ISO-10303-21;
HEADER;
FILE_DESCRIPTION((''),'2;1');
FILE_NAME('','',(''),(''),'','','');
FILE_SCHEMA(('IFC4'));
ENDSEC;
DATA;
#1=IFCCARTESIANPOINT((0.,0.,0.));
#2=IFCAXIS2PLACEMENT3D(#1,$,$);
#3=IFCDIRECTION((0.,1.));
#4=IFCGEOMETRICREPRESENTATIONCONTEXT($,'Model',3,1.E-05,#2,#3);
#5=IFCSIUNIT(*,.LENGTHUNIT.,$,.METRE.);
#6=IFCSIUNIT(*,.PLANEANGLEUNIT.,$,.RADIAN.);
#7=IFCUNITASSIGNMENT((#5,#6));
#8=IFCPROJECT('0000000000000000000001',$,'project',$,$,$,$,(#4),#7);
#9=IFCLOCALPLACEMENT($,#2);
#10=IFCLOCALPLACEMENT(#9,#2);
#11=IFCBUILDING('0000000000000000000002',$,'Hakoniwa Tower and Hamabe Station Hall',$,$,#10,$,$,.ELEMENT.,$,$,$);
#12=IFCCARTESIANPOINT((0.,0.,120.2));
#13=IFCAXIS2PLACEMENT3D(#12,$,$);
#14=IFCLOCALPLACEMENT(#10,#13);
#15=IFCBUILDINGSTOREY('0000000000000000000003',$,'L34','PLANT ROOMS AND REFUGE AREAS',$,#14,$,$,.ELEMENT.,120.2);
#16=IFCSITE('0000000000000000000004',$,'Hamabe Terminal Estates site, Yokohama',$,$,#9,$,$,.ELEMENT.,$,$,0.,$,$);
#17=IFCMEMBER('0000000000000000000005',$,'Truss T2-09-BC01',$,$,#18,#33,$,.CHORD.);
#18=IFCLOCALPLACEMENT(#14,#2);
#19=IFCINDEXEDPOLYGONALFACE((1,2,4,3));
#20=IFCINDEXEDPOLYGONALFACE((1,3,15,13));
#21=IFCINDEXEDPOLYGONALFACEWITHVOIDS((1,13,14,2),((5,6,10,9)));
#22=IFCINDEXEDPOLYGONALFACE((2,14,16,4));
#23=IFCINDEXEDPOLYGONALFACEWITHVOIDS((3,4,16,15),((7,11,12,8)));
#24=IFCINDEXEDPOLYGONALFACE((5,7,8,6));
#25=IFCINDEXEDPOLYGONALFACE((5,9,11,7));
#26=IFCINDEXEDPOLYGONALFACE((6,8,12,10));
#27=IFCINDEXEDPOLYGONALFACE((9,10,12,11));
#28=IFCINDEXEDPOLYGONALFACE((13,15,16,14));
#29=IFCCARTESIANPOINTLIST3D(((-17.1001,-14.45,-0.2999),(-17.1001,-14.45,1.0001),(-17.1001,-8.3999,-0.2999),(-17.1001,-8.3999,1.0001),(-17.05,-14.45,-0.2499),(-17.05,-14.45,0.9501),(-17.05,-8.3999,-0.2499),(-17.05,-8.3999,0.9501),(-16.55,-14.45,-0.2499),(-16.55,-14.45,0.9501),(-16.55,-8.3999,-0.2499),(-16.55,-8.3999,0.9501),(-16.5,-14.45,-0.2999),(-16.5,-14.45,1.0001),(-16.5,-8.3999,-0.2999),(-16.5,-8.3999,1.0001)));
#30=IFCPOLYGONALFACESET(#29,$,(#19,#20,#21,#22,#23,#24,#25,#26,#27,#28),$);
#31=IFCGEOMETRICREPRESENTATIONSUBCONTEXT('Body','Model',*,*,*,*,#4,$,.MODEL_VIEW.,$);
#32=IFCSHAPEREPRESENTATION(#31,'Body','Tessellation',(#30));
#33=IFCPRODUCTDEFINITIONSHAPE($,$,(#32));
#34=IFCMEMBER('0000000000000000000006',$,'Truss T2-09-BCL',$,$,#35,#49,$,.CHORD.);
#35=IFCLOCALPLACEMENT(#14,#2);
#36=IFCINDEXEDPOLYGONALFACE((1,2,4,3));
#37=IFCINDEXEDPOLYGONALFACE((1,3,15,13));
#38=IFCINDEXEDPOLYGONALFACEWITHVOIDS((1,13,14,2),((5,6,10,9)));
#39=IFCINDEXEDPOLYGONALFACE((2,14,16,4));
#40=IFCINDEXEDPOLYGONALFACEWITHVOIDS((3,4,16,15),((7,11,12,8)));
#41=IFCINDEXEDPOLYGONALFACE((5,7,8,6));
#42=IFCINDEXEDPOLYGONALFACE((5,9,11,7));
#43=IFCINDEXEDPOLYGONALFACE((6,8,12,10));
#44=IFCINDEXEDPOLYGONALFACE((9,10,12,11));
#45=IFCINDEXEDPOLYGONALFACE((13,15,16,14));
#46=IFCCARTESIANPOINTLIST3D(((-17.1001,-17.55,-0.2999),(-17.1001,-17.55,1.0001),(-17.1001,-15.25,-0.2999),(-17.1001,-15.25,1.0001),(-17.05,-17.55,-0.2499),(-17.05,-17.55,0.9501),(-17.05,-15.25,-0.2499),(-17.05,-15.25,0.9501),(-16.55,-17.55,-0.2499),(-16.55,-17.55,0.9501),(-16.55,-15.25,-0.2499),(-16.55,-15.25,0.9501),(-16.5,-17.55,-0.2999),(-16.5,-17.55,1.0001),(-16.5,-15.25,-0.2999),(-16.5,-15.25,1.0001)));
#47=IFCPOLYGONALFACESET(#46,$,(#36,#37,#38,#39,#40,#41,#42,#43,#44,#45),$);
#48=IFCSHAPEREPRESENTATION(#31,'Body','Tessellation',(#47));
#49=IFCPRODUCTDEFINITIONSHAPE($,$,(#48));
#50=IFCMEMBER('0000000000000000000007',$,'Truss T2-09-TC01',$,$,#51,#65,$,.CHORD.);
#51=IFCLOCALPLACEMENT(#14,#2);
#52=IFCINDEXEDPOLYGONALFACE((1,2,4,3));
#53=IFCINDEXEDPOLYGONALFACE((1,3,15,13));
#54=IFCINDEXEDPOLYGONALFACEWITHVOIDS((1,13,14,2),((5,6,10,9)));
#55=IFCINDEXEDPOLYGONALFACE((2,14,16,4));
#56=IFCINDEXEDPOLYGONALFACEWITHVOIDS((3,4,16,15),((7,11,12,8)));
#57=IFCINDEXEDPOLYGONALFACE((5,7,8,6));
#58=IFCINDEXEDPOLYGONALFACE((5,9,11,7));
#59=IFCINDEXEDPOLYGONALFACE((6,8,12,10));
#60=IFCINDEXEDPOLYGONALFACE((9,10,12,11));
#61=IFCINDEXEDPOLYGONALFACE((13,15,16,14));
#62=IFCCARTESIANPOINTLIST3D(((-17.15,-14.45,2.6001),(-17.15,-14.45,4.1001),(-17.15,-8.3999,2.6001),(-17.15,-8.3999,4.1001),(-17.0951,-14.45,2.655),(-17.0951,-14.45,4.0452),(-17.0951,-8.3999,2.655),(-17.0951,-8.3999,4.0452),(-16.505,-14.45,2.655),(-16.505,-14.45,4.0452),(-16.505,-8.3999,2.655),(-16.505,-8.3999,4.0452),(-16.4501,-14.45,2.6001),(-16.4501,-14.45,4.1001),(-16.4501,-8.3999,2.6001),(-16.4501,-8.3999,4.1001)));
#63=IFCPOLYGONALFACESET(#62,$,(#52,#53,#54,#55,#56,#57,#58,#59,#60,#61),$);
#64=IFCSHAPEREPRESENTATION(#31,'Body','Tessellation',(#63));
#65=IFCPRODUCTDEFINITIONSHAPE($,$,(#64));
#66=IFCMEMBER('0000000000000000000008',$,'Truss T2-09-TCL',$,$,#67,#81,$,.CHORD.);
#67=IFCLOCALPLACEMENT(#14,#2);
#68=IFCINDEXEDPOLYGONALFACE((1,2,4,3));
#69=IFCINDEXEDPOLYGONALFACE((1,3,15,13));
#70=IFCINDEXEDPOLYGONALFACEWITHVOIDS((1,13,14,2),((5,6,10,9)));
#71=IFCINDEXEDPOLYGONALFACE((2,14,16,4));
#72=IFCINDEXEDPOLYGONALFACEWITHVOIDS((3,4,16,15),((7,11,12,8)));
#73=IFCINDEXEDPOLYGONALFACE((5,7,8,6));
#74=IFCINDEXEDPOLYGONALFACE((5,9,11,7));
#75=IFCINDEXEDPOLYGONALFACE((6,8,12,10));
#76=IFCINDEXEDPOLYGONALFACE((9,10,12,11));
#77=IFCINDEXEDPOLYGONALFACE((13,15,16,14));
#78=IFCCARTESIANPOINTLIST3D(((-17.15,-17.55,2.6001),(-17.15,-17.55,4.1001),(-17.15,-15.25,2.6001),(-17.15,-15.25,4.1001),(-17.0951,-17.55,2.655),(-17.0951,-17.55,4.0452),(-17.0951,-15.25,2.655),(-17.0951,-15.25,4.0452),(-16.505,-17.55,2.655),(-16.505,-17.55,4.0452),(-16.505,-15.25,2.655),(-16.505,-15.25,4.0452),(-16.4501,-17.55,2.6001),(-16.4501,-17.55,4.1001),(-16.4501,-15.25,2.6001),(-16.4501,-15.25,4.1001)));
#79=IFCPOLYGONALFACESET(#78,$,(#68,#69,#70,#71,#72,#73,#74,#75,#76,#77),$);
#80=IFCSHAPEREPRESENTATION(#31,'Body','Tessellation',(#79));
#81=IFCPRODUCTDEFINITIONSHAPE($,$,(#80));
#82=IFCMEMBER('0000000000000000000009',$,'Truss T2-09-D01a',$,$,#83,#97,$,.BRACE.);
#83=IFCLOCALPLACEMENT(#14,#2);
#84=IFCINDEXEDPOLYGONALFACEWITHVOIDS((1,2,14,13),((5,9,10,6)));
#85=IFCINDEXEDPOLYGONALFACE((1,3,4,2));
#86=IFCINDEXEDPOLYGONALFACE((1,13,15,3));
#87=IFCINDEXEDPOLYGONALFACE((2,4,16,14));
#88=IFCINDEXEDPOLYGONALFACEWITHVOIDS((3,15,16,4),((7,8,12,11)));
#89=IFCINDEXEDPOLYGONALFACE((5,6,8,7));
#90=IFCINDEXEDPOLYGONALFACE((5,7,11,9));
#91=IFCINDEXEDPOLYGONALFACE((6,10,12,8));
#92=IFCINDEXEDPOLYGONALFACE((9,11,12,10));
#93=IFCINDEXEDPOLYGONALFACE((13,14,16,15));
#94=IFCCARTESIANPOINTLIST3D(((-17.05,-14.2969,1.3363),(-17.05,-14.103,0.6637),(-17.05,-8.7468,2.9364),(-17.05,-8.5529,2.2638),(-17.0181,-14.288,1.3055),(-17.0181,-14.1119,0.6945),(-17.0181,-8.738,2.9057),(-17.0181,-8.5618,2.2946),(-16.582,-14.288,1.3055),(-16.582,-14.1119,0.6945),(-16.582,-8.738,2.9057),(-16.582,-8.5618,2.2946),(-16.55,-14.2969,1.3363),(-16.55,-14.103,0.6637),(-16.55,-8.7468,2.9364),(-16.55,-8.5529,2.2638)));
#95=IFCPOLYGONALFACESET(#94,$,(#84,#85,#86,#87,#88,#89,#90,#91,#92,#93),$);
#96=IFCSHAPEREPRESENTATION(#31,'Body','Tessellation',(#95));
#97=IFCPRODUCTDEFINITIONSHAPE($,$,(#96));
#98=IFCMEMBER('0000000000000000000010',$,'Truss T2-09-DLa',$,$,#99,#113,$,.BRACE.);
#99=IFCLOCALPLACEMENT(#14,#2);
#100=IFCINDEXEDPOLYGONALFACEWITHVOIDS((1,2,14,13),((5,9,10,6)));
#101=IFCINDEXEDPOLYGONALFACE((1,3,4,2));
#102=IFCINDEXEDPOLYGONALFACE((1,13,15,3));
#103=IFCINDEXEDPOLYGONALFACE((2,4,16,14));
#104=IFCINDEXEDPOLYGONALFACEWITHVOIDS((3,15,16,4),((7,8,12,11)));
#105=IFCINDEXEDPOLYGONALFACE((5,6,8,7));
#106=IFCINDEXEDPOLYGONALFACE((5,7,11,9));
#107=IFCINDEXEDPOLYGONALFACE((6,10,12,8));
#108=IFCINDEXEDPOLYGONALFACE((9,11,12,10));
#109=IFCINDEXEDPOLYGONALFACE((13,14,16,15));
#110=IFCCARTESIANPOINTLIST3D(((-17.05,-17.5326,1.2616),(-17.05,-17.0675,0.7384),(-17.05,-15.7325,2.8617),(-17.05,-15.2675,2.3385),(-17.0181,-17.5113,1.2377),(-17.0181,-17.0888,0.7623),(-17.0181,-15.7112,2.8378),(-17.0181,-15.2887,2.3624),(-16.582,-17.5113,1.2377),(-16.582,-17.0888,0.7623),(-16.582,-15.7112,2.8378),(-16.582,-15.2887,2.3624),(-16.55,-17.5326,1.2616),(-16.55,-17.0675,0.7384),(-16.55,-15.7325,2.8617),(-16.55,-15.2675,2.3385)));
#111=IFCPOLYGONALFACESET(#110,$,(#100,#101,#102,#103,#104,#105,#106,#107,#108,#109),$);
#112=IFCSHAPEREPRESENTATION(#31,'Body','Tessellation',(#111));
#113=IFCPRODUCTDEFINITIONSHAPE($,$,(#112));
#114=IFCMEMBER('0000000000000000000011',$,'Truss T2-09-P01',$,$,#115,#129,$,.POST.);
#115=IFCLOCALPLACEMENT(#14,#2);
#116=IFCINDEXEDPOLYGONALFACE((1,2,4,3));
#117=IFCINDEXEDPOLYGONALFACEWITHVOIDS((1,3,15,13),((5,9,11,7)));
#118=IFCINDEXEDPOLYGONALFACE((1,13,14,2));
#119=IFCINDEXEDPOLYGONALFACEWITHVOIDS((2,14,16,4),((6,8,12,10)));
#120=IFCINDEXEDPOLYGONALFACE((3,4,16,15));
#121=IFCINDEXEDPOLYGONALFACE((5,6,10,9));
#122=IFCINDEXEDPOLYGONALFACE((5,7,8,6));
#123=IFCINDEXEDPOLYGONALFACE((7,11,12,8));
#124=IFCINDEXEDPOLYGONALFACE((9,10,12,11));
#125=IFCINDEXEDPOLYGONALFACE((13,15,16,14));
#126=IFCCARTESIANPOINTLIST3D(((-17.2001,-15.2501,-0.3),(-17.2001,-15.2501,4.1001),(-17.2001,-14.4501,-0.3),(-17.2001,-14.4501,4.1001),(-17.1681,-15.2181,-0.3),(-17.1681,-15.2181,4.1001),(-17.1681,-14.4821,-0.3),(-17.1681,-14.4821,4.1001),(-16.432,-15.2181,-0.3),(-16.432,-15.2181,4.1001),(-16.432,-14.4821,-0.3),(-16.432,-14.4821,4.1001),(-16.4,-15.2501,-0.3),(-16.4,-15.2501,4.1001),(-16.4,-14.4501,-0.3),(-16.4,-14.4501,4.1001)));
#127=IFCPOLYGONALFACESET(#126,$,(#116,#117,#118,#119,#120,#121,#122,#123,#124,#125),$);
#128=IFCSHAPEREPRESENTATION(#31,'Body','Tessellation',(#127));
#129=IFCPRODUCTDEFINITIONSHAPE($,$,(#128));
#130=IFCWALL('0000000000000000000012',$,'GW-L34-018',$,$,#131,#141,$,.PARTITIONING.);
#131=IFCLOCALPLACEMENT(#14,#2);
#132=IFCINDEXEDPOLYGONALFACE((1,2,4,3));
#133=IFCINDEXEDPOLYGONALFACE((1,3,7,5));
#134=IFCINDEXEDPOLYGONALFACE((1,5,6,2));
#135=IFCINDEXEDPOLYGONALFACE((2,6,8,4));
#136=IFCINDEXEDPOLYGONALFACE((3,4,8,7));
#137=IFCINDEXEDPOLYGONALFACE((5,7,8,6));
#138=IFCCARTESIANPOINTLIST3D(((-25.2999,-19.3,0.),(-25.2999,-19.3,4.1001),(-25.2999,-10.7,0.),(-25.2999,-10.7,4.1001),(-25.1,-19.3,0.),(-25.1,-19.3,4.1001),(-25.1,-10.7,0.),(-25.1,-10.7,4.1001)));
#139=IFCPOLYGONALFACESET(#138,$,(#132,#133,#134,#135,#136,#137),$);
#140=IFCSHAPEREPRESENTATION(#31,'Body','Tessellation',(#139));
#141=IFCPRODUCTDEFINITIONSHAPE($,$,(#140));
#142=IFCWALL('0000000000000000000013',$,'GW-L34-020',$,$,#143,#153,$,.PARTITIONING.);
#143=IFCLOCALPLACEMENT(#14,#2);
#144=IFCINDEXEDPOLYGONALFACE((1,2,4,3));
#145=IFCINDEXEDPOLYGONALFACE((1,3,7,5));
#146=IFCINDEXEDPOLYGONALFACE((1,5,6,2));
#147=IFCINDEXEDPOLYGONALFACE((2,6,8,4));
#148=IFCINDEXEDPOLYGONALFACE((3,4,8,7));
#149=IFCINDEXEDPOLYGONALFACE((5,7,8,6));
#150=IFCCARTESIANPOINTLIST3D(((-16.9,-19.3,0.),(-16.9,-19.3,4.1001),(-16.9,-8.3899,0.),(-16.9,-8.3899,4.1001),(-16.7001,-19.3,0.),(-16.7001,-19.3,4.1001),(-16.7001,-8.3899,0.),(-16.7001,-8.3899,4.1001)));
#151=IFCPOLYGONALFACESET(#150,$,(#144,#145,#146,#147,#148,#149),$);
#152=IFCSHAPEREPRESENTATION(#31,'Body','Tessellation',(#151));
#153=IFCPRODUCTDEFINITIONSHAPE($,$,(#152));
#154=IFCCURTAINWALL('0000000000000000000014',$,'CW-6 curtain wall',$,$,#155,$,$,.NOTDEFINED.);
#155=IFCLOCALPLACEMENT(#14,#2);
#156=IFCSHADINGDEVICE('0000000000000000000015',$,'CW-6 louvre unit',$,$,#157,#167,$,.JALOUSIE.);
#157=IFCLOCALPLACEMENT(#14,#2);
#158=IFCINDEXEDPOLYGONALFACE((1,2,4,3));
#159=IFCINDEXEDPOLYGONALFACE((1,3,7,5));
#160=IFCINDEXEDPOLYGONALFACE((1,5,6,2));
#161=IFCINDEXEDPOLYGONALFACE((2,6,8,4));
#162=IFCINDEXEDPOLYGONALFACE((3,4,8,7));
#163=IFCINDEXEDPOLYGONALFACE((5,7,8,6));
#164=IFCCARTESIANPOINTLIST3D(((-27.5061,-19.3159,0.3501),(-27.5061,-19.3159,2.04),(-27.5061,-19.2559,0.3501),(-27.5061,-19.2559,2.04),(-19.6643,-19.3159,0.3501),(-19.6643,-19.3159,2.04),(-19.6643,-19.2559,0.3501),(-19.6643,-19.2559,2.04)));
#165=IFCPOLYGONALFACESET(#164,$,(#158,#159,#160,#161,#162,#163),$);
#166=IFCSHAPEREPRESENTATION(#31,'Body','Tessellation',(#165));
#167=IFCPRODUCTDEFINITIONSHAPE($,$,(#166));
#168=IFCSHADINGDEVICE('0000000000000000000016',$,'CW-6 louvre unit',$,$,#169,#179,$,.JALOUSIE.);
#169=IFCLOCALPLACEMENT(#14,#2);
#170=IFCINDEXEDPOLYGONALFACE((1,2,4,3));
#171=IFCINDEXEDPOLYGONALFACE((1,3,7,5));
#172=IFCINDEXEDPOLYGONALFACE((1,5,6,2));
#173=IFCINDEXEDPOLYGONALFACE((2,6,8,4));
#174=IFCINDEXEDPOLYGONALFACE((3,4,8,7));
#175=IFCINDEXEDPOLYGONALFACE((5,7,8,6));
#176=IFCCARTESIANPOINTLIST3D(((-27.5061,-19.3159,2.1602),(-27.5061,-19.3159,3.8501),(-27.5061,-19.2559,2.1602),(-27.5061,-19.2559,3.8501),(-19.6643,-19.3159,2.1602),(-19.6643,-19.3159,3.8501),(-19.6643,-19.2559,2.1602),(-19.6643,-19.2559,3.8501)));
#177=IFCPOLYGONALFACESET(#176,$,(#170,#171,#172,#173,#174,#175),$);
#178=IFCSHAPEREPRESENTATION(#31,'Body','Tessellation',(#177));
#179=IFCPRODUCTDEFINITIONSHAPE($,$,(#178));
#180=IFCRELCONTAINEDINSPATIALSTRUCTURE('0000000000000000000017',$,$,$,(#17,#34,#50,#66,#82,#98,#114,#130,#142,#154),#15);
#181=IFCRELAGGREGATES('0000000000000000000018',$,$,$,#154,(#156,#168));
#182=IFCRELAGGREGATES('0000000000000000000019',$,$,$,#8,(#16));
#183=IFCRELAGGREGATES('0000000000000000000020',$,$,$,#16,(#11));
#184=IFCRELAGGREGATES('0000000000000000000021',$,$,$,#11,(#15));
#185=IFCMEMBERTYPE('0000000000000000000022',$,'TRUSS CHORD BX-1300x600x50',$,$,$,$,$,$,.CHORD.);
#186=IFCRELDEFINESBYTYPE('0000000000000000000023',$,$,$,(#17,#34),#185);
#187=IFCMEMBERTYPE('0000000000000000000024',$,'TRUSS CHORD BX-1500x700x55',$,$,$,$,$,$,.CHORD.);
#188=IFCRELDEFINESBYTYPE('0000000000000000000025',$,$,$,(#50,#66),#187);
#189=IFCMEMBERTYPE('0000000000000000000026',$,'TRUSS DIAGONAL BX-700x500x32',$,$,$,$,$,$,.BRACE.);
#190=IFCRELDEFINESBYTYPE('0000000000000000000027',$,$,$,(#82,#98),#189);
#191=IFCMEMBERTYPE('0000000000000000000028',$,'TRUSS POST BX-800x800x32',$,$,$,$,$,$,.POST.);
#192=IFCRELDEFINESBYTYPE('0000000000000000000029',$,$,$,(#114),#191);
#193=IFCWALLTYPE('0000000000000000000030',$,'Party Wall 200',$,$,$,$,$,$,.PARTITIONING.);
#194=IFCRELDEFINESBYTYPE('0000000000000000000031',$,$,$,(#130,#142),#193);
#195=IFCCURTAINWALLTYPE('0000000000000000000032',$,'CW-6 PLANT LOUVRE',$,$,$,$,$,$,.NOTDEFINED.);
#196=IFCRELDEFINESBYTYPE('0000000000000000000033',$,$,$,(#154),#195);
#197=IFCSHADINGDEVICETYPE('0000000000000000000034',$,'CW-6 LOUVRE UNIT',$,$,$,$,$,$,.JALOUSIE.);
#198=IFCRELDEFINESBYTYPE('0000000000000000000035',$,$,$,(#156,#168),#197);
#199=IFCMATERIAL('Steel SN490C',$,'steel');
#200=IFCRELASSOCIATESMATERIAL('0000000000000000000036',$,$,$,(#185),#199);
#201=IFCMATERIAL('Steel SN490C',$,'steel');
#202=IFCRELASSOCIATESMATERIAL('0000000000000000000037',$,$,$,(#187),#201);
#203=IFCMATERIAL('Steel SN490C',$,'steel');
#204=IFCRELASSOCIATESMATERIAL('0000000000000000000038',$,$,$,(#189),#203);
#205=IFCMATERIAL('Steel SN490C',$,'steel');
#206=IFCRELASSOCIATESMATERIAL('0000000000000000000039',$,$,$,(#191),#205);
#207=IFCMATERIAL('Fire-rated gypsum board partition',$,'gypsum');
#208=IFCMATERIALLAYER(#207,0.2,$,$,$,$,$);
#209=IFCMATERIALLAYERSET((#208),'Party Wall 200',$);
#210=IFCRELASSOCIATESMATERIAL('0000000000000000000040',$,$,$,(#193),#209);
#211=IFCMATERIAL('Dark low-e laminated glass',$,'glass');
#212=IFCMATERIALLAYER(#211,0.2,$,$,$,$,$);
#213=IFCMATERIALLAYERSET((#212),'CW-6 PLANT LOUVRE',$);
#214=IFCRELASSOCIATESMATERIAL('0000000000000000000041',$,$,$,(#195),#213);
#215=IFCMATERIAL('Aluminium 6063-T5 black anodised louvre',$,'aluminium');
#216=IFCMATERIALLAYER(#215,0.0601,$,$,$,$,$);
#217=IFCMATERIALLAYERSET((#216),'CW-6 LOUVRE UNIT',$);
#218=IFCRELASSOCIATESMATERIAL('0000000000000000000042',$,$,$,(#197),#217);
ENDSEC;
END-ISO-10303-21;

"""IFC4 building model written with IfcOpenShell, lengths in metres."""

from ifc_helpers import new_model, si_unit, direction, frame, frame_2d, origin, origin_2d, place, context, subcontext, project, spatial, rectangle, hollow_rectangle, extrude, material, layer, layer_set, material_profile, profile_set, type_object, element, aggregate, save


model = new_model("IFC4")

# Units and contexts
model_context = context("Model", 3, precision=1e-05, world=origin(), true_north=direction((0.0, 1.0)))
body_context = subcontext(model_context, "Body", "Model", "MODEL_VIEW")
ifc_project = project(units=[si_unit("LENGTHUNIT", "METRE"), si_unit("PLANEANGLEUNIT", "RADIAN")], contexts=[model_context])

# Site, building, storey
site_placement = place(None, origin())
site = spatial("IfcSite", under=ifc_project, at=site_placement, Name="Hamabe Terminal Estates site, Yokohama", CompositionType="ELEMENT", RefElevation=0.0)
building_placement = place(site_placement, origin())
building = spatial("IfcBuilding", under=site, at=building_placement, Name="Hakoniwa Tower and Hamabe Station Hall", CompositionType="ELEMENT")
storey_placement = place(building_placement, frame((0.0, 0.0, 120.2)))
storey = spatial("IfcBuildingStorey", under=building, at=storey_placement, Name="L34", Description="PLANT ROOMS AND REFUGE AREAS", CompositionType="ELEMENT", Elevation=120.2)

# Members
ifc_material_1 = material(Name="Steel SN490C", Category="steel")
ifc_material_profile_1 = material_profile(ifc_material_1, hollow_rectangle(XDim=0.6001, YDim=1.3, WallThickness=0.05, at=origin_2d()), Name="BX-1300x600x50")
ifc_profile_set_1 = profile_set([ifc_material_profile_1], Name="Steel SN490C")
member_type_1 = type_object("IfcMemberType", Name="TRUSS CHORD BX-1300x600x50", PredefinedType="CHORD", material=ifc_profile_set_1)
member_1_placement = place(storey_placement, frame((-16.8, -14.45, 0.3501), z_axis=(0.0, 1.0, 0.0), x_axis=(-1.0, 0.0, 0.0)))
element("IfcMember", 1, at=member_1_placement, inside=storey, type_object=member_type_1, Name="Truss T2-09-BC01", PredefinedType="CHORD", context=body_context, shape_type="SweptSolid", body=[
    extrude(hollow_rectangle(XDim=0.6001, YDim=1.3, WallThickness=0.05, at=origin_2d()), origin(), (0.0, 0.0, 1.0), 6.05),
])
member_2_placement = place(storey_placement, frame((-16.8, -17.55, 0.3501), z_axis=(0.0, 1.0, 0.0), x_axis=(-1.0, 0.0, 0.0)))
element("IfcMember", 2, at=member_2_placement, inside=storey, type_object=member_type_1, Name="Truss T2-09-BCL", PredefinedType="CHORD", context=body_context, shape_type="SweptSolid", body=[
    extrude(hollow_rectangle(XDim=0.6001, YDim=1.3, WallThickness=0.05, at=origin_2d()), origin(), (0.0, 0.0, 1.0), 2.3),
])
ifc_material_2 = material(Name="Steel SN490C", Category="steel")
ifc_material_profile_2 = material_profile(ifc_material_2, hollow_rectangle(XDim=0.7, YDim=1.5, WallThickness=0.0549, at=origin_2d()), Name="BX-1500x700x55")
ifc_profile_set_2 = profile_set([ifc_material_profile_2], Name="Steel SN490C")
member_type_2 = type_object("IfcMemberType", Name="TRUSS CHORD BX-1500x700x55", PredefinedType="CHORD", material=ifc_profile_set_2)
member_3_placement = place(storey_placement, frame((-16.8, -14.45, 3.3501), z_axis=(0.0, 1.0, 0.0), x_axis=(-1.0, 0.0, 0.0)))
element("IfcMember", 3, at=member_3_placement, inside=storey, type_object=member_type_2, Name="Truss T2-09-TC01", PredefinedType="CHORD", context=body_context, shape_type="SweptSolid", body=[
    extrude(hollow_rectangle(XDim=0.7, YDim=1.5, WallThickness=0.0549, at=origin_2d()), origin(), (0.0, 0.0, 1.0), 6.05),
])
member_4_placement = place(storey_placement, frame((-16.8, -17.55, 3.3501), z_axis=(0.0, 1.0, 0.0), x_axis=(-1.0, 0.0, 0.0)))
element("IfcMember", 4, at=member_4_placement, inside=storey, type_object=member_type_2, Name="Truss T2-09-TCL", PredefinedType="CHORD", context=body_context, shape_type="SweptSolid", body=[
    extrude(hollow_rectangle(XDim=0.7, YDim=1.5, WallThickness=0.0549, at=origin_2d()), origin(), (0.0, 0.0, 1.0), 2.3),
])
ifc_material_3 = material(Name="Steel SN490C", Category="steel")
ifc_material_profile_3 = material_profile(ifc_material_3, hollow_rectangle(XDim=0.5, YDim=0.7, WallThickness=0.032, at=origin_2d()), Name="BX-700x500x32")
ifc_profile_set_3 = profile_set([ifc_material_profile_3], Name="Steel SN490C")
member_type_3 = type_object("IfcMemberType", Name="TRUSS DIAGONAL BX-700x500x32", PredefinedType="BRACE", material=ifc_profile_set_3)
member_5_placement = place(storey_placement, frame((-16.8, -14.2, 1.0), z_axis=(0.0, 0.960864, 0.27702), x_axis=(-1.0, 0.0, 0.0)))
element("IfcMember", 5, at=member_5_placement, inside=storey, type_object=member_type_3, Name="Truss T2-09-D01a", PredefinedType="BRACE", context=body_context, shape_type="SweptSolid", body=[
    extrude(hollow_rectangle(XDim=0.5, YDim=0.7, WallThickness=0.032, at=origin_2d()), origin(), (0.0, 0.0, 1.0), 5.7761),
])
member_6_placement = place(storey_placement, frame((-16.8, -17.3, 1.0), z_axis=(0.0, 0.747398, 0.664376), x_axis=(-1.0, 0.0, 0.0)))
element("IfcMember", 6, at=member_6_placement, inside=storey, type_object=member_type_3, Name="Truss T2-09-DLa", PredefinedType="BRACE", context=body_context, shape_type="SweptSolid", body=[
    extrude(hollow_rectangle(XDim=0.5, YDim=0.7, WallThickness=0.032, at=origin_2d()), origin(), (0.0, 0.0, 1.0), 2.4084),
])
ifc_material_4 = material(Name="Steel SN490C", Category="steel")
ifc_material_profile_4 = material_profile(ifc_material_4, hollow_rectangle(XDim=0.8, YDim=0.8, WallThickness=0.032, at=origin_2d()), Name="BX-800x800x32")
ifc_profile_set_4 = profile_set([ifc_material_profile_4], Name="Steel SN490C")
member_type_4 = type_object("IfcMemberType", Name="TRUSS POST BX-800x800x32", PredefinedType="POST", material=ifc_profile_set_4)
member_7_placement = place(storey_placement, frame((-16.8, -14.8501, -0.3), z_axis=(0.0, 0.0, 1.0), x_axis=(1.0, 0.0, 0.0)))
element("IfcMember", 7, at=member_7_placement, inside=storey, type_object=member_type_4, Name="Truss T2-09-P01", PredefinedType="POST", context=body_context, shape_type="SweptSolid", body=[
    extrude(hollow_rectangle(XDim=0.8, YDim=0.8, WallThickness=0.032, at=origin_2d()), origin(), (0.0, 0.0, 1.0), 4.4001),
])

# Walls
ifc_material_5 = material(Name="Fire-rated gypsum board partition", Category="gypsum")
ifc_layer_1 = layer(ifc_material_5, 0.2)
ifc_layer_set_1 = layer_set([ifc_layer_1], Name="Party Wall 200")
wall_type = type_object("IfcWallType", Name="Party Wall 200", PredefinedType="PARTITIONING", material=ifc_layer_set_1)
wall_1_placement = place(storey_placement, frame((-25.2, -19.3, 0.0), z_axis=(0.0, 0.0, 1.0), x_axis=(0.0, 1.0, 0.0)))
element("IfcWall", 8, at=wall_1_placement, inside=storey, type_object=wall_type, Name="GW-L34-018", PredefinedType="PARTITIONING", context=body_context, shape_type="SweptSolid", body=[
    extrude(rectangle(XDim=8.6001, YDim=0.2, at=frame_2d((4.3, 0.0))), origin(), (0.0, 0.0, 1.0), 4.1001),
])
wall_2_placement = place(storey_placement, frame((-16.8, -19.3, 0.0), z_axis=(0.0, 0.0, 1.0), x_axis=(0.0, 1.0, 0.0)))
element("IfcWall", 9, at=wall_2_placement, inside=storey, type_object=wall_type, Name="GW-L34-020", PredefinedType="PARTITIONING", context=body_context, shape_type="SweptSolid", body=[
    extrude(rectangle(XDim=10.9102, YDim=0.2, at=frame_2d((5.4551, 0.0))), origin(), (0.0, 0.0, 1.0), 4.1001),
])

# Curtain wall, shading devices
ifc_material_6 = material(Name="Dark low-e laminated glass", Category="glass")
ifc_layer_2 = layer(ifc_material_6, 0.2)
ifc_layer_set_2 = layer_set([ifc_layer_2], Name="CW-6 PLANT LOUVRE")
curtain_wall_type = type_object("IfcCurtainWallType", Name="CW-6 PLANT LOUVRE", PredefinedType="NOTDEFINED", material=ifc_layer_set_2)
curtain_wall_placement = place(storey_placement, origin())
curtain_wall = element("IfcCurtainWall", 10, at=curtain_wall_placement, inside=storey, type_object=curtain_wall_type, Name="CW-6 curtain wall", PredefinedType="NOTDEFINED")
ifc_material_7 = material(Name="Aluminium 6063-T5 black anodised louvre", Category="aluminium")
ifc_layer_3 = layer(ifc_material_7, 0.0601)
ifc_layer_set_3 = layer_set([ifc_layer_3], Name="CW-6 LOUVRE UNIT")
shading_device_type = type_object("IfcShadingDeviceType", Name="CW-6 LOUVRE UNIT", PredefinedType="JALOUSIE", material=ifc_layer_set_3)
shading_device_1_placement = place(storey_placement, frame((-23.5852, -19.2859, 0.3501), z_axis=(0.0, 0.0, 1.0), x_axis=(1.0, 0.0, 0.0)))
shading_device_1 = element("IfcShadingDevice", 11, at=shading_device_1_placement, type_object=shading_device_type, Name="CW-6 louvre unit", PredefinedType="JALOUSIE", context=body_context, shape_type="SweptSolid", body=[
    extrude(rectangle(XDim=7.8418, YDim=0.0601, at=origin_2d()), origin(), (0.0, 0.0, 1.0), 1.6899),
])
shading_device_2_placement = place(storey_placement, frame((-23.5852, -19.2859, 2.1602), z_axis=(0.0, 0.0, 1.0), x_axis=(1.0, 0.0, 0.0)))
shading_device_2 = element("IfcShadingDevice", 12, at=shading_device_2_placement, type_object=shading_device_type, Name="CW-6 louvre unit", PredefinedType="JALOUSIE", context=body_context, shape_type="SweptSolid", body=[
    extrude(rectangle(XDim=7.8418, YDim=0.0601, at=origin_2d()), origin(), (0.0, 0.0, 1.0), 1.6899),
])
aggregate(curtain_wall, [shading_device_1, shading_device_2])

save(model, "model.ifc")
